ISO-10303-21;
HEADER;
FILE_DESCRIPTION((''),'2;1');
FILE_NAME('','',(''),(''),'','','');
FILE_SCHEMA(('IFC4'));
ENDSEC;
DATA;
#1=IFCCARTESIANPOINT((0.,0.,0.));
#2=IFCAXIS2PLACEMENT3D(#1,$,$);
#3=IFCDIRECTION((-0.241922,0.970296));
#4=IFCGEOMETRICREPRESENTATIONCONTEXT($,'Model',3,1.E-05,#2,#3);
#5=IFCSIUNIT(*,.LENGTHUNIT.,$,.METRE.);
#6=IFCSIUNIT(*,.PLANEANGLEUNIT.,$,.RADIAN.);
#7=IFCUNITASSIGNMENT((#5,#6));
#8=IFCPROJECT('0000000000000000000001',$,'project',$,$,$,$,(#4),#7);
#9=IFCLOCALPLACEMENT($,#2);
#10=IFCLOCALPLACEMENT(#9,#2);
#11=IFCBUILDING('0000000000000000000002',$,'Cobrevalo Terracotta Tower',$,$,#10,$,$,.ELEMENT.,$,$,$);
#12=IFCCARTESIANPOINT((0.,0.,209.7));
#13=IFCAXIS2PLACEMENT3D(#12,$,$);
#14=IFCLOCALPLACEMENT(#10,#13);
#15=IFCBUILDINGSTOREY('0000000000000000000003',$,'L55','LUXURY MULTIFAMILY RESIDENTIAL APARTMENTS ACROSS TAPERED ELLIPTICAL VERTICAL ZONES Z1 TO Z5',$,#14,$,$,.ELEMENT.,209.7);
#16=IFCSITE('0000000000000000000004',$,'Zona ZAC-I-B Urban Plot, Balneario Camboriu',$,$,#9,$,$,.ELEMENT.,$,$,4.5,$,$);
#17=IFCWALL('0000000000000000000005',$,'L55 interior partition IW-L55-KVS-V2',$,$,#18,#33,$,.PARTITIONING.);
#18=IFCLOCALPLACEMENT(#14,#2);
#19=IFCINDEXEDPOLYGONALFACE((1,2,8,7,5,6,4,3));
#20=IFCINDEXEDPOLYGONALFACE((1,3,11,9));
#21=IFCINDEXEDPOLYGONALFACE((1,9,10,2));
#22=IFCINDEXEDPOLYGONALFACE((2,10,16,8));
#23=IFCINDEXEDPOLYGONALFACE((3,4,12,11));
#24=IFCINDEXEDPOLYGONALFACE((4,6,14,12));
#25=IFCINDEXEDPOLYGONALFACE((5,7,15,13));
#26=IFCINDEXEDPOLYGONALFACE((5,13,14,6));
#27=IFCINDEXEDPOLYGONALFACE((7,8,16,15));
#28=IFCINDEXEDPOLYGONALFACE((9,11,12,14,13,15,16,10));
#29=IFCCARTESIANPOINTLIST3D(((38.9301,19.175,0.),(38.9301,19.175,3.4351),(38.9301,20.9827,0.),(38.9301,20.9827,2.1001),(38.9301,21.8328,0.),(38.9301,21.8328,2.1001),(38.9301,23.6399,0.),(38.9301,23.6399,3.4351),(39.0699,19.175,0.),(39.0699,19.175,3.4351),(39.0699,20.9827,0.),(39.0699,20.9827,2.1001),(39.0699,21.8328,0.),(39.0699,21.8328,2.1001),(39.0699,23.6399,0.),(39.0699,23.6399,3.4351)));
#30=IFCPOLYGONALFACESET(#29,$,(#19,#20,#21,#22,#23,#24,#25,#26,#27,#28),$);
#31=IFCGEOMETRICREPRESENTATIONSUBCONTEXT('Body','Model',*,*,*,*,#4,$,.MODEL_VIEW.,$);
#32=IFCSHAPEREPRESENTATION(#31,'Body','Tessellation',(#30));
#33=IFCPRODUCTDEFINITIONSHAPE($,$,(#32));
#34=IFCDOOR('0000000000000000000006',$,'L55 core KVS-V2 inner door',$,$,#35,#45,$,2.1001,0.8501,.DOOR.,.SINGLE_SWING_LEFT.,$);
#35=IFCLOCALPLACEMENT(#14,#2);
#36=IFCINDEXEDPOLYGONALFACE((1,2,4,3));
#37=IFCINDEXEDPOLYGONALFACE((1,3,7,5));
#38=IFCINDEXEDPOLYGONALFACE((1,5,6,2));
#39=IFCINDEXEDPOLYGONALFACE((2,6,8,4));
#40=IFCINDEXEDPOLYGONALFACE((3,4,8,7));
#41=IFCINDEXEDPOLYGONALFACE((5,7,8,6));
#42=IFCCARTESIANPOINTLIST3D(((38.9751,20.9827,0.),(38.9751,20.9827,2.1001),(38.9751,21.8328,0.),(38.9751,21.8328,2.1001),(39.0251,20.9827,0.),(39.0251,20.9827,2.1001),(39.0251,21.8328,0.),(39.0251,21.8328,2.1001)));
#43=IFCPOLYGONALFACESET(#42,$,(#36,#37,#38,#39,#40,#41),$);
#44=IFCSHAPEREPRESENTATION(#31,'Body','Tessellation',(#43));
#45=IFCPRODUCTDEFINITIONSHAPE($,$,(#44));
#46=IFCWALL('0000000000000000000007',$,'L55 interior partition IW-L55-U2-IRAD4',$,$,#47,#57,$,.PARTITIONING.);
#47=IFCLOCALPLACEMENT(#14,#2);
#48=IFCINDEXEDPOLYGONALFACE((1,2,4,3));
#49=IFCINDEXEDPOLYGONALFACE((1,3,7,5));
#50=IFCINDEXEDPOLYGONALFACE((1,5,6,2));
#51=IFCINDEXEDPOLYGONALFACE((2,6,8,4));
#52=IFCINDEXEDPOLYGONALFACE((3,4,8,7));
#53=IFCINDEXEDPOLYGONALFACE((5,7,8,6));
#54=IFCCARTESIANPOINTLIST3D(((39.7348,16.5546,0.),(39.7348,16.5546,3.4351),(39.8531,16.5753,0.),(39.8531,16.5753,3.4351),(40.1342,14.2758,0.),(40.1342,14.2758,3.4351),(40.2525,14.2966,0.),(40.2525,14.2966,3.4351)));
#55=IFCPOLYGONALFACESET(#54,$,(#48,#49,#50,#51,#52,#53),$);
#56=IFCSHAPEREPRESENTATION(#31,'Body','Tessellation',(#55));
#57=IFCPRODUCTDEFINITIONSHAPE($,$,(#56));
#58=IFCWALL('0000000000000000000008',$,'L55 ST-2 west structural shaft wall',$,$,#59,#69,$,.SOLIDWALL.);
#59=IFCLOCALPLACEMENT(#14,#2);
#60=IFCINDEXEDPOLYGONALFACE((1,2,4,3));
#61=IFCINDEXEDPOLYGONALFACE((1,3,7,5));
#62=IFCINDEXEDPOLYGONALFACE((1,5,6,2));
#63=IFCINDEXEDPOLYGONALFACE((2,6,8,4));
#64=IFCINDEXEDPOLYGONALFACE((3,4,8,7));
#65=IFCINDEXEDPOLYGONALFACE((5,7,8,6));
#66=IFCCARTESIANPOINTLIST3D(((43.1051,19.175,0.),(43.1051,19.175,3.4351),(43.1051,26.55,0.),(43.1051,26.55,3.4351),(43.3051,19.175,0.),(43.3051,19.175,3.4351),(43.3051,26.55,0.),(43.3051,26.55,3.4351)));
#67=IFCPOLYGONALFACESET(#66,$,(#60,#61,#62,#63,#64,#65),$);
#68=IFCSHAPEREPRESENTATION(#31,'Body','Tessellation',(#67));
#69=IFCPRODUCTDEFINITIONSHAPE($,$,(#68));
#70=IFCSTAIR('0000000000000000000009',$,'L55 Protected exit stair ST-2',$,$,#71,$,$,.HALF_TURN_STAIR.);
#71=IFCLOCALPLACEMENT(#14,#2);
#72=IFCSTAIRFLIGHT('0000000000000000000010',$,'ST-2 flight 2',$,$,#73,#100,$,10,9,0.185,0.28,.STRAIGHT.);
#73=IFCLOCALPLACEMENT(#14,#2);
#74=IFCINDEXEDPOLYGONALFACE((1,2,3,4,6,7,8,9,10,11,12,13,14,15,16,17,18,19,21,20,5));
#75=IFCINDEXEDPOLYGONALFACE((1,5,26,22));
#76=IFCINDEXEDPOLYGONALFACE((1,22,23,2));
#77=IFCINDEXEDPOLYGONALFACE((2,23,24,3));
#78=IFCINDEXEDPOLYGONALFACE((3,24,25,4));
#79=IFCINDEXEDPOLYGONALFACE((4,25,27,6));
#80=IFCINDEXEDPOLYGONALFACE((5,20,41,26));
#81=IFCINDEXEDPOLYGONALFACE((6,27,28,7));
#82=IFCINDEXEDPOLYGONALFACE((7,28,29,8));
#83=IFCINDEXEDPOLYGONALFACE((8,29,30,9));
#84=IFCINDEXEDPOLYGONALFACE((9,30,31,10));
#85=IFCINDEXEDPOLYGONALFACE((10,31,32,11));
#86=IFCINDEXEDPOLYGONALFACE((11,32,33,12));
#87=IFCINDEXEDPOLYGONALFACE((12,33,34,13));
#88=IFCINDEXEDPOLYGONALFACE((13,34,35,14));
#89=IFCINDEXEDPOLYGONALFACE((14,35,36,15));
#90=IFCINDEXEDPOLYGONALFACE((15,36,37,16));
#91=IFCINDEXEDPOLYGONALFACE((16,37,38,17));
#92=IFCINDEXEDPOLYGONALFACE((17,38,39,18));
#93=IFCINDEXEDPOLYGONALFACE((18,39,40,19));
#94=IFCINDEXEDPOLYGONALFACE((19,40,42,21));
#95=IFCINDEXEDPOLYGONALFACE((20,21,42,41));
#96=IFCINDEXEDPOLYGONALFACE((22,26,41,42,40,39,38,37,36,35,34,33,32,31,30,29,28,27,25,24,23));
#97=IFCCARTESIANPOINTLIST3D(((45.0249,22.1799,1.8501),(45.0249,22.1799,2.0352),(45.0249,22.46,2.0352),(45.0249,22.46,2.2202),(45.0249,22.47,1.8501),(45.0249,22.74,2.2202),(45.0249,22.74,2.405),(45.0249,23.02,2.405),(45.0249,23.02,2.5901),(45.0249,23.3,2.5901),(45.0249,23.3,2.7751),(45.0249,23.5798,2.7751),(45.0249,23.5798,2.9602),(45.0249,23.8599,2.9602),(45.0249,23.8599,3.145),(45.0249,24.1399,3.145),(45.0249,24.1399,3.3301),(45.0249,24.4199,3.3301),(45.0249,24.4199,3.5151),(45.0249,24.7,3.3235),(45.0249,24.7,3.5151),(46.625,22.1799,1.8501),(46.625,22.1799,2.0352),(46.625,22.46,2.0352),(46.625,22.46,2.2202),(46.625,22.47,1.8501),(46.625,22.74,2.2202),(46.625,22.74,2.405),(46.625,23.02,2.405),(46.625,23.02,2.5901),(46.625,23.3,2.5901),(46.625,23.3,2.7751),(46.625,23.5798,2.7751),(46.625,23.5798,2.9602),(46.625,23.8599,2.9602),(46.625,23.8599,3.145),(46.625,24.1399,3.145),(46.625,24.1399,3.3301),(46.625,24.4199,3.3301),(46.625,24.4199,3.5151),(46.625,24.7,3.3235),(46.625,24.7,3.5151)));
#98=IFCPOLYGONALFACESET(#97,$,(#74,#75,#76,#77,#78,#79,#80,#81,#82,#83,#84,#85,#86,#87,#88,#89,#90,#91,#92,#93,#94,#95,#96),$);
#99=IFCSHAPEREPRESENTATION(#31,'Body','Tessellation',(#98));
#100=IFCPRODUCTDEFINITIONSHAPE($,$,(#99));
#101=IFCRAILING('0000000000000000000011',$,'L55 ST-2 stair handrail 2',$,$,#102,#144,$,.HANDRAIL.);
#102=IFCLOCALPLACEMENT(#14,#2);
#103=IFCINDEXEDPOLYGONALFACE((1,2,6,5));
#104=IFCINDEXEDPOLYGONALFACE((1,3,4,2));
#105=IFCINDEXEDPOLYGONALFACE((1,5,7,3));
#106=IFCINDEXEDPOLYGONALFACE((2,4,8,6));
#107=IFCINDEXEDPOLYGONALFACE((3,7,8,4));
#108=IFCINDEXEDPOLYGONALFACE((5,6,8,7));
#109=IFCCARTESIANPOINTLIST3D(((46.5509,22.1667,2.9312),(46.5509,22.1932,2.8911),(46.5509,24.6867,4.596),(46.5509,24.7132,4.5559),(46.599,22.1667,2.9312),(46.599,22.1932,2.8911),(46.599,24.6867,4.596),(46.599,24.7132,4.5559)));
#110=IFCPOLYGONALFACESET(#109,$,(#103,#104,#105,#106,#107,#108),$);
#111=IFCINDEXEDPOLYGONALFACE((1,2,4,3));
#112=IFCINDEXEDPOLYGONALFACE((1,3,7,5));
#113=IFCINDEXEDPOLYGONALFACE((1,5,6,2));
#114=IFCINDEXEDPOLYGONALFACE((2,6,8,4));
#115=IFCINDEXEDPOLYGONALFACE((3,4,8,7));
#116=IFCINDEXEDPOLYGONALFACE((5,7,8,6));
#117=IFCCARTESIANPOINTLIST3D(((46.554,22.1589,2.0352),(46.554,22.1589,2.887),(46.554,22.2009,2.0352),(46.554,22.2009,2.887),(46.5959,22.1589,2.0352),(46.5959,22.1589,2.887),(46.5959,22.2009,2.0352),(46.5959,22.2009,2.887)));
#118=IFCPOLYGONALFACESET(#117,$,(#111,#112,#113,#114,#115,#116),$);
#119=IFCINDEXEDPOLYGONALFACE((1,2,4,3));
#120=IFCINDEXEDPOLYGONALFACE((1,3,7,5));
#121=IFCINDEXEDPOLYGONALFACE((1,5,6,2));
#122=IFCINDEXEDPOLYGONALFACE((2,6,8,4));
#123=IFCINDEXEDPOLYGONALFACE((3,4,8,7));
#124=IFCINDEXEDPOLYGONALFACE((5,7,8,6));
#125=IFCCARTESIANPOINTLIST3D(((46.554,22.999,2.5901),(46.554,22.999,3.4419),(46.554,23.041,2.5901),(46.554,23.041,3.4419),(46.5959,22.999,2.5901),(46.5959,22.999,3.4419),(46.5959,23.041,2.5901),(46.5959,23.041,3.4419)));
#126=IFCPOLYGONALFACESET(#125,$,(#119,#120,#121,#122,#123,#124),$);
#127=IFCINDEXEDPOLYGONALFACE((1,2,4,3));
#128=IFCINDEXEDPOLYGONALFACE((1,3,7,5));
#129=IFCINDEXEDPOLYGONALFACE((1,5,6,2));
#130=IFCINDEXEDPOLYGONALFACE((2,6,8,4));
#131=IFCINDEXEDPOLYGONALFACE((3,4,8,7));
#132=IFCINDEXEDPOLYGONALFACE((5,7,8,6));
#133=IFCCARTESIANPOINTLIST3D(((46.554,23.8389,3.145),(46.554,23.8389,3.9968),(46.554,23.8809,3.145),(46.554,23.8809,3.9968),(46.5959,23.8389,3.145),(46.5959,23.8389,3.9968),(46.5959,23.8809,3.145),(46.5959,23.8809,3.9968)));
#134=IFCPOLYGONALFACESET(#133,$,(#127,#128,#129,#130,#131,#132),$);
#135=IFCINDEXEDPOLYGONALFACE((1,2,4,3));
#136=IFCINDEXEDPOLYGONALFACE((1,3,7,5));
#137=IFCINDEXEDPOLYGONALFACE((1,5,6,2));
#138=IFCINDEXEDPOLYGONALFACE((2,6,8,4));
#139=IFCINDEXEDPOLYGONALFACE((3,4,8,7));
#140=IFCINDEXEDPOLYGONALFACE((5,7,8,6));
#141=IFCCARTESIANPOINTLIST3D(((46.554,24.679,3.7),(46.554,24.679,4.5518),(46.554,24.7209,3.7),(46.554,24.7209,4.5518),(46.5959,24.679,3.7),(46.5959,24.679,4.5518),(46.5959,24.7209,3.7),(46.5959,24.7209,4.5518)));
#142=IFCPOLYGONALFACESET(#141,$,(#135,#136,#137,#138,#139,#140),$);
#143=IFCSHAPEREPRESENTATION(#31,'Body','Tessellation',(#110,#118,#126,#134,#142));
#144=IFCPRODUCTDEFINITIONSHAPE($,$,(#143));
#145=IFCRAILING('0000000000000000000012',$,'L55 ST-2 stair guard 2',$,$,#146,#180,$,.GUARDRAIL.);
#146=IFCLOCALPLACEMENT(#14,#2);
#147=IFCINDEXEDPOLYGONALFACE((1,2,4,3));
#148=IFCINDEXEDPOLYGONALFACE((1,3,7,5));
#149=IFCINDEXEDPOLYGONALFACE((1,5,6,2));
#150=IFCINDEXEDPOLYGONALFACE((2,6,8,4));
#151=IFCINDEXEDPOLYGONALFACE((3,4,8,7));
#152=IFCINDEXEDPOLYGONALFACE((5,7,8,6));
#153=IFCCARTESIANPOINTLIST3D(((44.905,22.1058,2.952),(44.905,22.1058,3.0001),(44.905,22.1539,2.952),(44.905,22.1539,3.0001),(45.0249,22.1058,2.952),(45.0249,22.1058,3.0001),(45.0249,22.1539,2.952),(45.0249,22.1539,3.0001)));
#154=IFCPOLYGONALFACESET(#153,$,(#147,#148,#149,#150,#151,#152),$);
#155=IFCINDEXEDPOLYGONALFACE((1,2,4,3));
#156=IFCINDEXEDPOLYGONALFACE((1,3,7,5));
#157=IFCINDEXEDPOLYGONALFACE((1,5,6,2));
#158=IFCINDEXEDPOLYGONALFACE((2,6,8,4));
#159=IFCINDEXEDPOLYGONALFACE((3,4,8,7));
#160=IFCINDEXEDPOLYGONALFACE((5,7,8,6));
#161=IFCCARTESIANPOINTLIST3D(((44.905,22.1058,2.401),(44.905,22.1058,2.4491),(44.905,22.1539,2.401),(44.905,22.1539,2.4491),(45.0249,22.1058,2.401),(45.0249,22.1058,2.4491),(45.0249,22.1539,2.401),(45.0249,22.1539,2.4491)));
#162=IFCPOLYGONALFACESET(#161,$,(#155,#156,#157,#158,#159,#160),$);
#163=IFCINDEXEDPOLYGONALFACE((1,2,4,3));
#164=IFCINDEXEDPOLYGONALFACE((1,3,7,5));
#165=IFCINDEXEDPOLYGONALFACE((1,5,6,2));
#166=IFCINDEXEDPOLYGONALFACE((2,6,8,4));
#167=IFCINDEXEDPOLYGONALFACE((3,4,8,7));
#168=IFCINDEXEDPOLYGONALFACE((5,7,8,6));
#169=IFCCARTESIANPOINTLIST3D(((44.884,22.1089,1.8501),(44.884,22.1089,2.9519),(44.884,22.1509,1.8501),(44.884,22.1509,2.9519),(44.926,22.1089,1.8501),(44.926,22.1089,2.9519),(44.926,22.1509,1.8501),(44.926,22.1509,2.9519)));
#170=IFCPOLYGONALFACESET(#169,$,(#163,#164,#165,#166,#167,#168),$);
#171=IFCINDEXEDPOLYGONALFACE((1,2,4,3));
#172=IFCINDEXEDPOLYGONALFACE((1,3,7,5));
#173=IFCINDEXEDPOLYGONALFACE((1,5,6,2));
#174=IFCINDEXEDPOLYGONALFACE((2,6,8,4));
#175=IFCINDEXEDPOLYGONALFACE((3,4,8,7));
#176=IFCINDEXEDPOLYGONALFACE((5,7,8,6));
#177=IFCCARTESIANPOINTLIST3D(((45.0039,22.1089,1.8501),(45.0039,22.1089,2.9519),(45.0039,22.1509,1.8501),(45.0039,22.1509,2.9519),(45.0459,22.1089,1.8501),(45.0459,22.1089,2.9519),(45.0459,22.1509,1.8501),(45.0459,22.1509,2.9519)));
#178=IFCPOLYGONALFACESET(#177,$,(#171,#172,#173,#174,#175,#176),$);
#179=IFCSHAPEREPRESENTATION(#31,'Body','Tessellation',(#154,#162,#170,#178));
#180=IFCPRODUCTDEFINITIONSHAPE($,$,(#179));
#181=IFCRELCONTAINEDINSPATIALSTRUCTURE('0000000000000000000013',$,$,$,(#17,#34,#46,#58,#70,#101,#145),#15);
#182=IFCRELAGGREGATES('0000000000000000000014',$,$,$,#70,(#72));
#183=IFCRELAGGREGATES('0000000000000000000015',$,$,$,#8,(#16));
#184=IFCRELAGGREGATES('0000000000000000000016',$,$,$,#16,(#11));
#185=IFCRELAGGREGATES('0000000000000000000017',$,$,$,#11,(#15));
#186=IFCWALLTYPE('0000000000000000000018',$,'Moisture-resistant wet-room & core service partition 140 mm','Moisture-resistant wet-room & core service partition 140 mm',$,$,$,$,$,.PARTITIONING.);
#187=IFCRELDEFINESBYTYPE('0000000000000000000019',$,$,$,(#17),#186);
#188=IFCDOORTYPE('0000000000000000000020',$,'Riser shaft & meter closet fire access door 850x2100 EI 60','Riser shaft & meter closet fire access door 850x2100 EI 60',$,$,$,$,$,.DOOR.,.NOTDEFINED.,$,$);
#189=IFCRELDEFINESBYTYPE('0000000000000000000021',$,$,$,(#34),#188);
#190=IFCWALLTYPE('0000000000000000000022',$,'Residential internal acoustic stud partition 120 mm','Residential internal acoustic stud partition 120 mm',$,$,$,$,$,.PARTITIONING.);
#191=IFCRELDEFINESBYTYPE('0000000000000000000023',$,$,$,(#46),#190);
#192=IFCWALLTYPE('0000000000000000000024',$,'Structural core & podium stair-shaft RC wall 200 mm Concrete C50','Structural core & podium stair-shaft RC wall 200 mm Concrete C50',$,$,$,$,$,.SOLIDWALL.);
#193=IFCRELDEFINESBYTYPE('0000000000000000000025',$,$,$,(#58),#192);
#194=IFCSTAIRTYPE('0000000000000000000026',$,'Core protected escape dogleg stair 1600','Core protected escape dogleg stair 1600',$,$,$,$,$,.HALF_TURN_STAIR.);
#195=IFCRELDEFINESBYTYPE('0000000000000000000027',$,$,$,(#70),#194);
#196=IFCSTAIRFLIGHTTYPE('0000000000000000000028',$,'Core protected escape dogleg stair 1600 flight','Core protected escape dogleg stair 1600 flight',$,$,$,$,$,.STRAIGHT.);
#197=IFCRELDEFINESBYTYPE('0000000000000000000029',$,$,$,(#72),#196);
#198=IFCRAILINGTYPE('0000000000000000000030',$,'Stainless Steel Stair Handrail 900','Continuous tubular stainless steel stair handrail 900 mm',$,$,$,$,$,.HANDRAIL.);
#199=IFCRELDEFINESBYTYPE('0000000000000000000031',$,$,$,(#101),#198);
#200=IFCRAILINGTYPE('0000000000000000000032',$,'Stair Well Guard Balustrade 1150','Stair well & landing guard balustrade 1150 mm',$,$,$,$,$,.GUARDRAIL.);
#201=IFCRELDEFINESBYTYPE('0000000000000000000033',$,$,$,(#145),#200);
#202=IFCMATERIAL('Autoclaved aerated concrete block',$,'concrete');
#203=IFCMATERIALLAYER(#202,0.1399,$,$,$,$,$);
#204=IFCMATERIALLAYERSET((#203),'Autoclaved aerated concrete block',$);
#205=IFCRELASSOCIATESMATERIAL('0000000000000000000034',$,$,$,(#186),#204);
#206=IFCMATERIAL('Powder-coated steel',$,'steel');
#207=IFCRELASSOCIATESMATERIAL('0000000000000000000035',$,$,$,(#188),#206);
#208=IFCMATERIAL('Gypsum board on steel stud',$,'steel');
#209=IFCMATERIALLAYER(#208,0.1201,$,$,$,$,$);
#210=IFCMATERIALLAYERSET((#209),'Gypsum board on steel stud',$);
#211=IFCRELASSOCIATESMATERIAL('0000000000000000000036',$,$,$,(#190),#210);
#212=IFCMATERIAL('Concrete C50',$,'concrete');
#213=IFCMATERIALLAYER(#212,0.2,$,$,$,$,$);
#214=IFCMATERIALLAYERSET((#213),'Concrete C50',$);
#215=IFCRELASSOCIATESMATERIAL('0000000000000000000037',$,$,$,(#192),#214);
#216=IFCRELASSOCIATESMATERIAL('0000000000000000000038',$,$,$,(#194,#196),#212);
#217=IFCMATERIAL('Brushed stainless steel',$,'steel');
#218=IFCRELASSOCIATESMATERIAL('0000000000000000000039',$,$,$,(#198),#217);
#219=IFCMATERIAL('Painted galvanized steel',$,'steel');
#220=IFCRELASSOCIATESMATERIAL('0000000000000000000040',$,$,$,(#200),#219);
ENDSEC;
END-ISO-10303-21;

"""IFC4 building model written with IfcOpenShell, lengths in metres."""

from ifc_helpers import new_model, si_unit, direction, frame, frame_2d, origin, origin_2d, place, context, subcontext, project, spatial, polyline, rectangle, outline, extrude, source, transform, mapped, material, layer, layer_set, type_object, element, fill, aggregate, save


model = new_model("IFC4")

# Units and contexts
model_context = context("Model", 3, precision=1e-05, world=origin(), true_north=direction((-0.241922, 0.970296)))
body_context = subcontext(model_context, "Body", "Model", "MODEL_VIEW")
ifc_project = project(units=[si_unit("LENGTHUNIT", "METRE"), si_unit("PLANEANGLEUNIT", "RADIAN")], contexts=[model_context])

# Site, building, storey
site_placement = place(None, origin())
site = spatial("IfcSite", under=ifc_project, at=site_placement, Name="Zona ZAC-I-B Urban Plot, Balneario Camboriu", CompositionType="ELEMENT", RefElevation=4.5)
building_placement = place(site_placement, origin())
building = spatial("IfcBuilding", under=site, at=building_placement, Name="Cobrevalo Terracotta Tower", CompositionType="ELEMENT")
storey_placement = place(building_placement, frame((0.0, 0.0, 209.7)))
storey = spatial("IfcBuildingStorey", under=building, at=storey_placement, Name="L55", Description="LUXURY MULTIFAMILY RESIDENTIAL APARTMENTS ACROSS TAPERED ELLIPTICAL VERTICAL ZONES Z1 TO Z5", CompositionType="ELEMENT", Elevation=209.7)

# Shared definitions
ifc_material_1 = material(Name="Gypsum board on steel stud", Category="steel")

# Wall, opening, door
ifc_material_2 = material(Name="Concrete C50", Category="concrete")
ifc_material_3 = material(Name="Autoclaved aerated concrete block", Category="concrete")
ifc_layer_1 = layer(ifc_material_3, 0.1399)
ifc_layer_set_1 = layer_set([ifc_layer_1], Name="Autoclaved aerated concrete block")
wall_type_1 = type_object("IfcWallType", Name="Moisture-resistant wet-room & core service partition 140 mm", Description="Moisture-resistant wet-room & core service partition 140 mm", PredefinedType="PARTITIONING", material=ifc_layer_set_1)
ifc_material_4 = material(Name="Powder-coated steel", Category="steel")
door_type_1 = type_object("IfcDoorType", Name="Riser shaft & meter closet fire access door 850x2100 EI 60", Description="Riser shaft & meter closet fire access door 850x2100 EI 60", OperationType="NOTDEFINED", PredefinedType="DOOR", material=ifc_material_4)
shared_shape_1 = source(origin(), body_context, "Body", "SweptSolid", [
    extrude(rectangle(XDim=0.8501, YDim=2.1001, at=frame_2d((0.425, 1.05))), frame((0.0, 0.0249, 0.0), z_axis=(0.0, -1.0, 0.0), x_axis=(1.0, 0.0, 0.0)), (0.0, 0.0, 1.0), 0.05),
])
wall_1_placement = place(storey_placement, frame((39.0, 19.175, 0.0), z_axis=(0.0, 0.0, 1.0), x_axis=(0.0, 1.0, 0.0)))
wall_1 = element("IfcWall", 1, at=wall_1_placement, inside=storey, type_object=wall_type_1, Name="L55 interior partition IW-L55-KVS-V2", PredefinedType="PARTITIONING", context=body_context, shape_type="SweptSolid", body=[
    extrude(rectangle(XDim=4.4648, YDim=0.1399, at=frame_2d((2.2324, 0.0))), origin(), (0.0, 0.0, 1.0), 3.4351),
])
opening_1_placement = place(wall_1_placement, frame((1.8076, 0.0, 0.0)))
opening_1 = element("IfcOpeningElement", 2, at=opening_1_placement, cuts=wall_1, PredefinedType="OPENING", context=body_context, shape_type="SweptSolid", body=[
    extrude(rectangle(XDim=0.8501, YDim=2.1001, at=frame_2d((0.425, 1.05))), frame((0.0, 0.0801, 0.0), z_axis=(0.0, -1.0, 0.0), x_axis=(1.0, 0.0, 0.0)), (0.0, 0.0, 1.0), 0.1599),
])
door_1_placement = place(opening_1_placement, origin())
door_1 = element("IfcDoor", 3, at=door_1_placement, inside=storey, type_object=door_type_1, Name="L55 core KVS-V2 inner door", OperationType="SINGLE_SWING_LEFT", OverallHeight=2.1001, OverallWidth=0.8501, PredefinedType="DOOR", context=body_context, shape_type="MappedRepresentation", body=[
    mapped(shared_shape_1, transform((0.0, 0.0, 0.0), scale=1.0)),
])
fill(opening_1, door_1)

# Wall
ifc_layer_2 = layer(ifc_material_1, 0.1201)
ifc_layer_set_2 = layer_set([ifc_layer_2], Name="Gypsum board on steel stud")
wall_type_2 = type_object("IfcWallType", Name="Residential internal acoustic stud partition 120 mm", Description="Residential internal acoustic stud partition 120 mm", PredefinedType="PARTITIONING", material=ifc_layer_set_2)
wall_2_placement = place(storey_placement, frame((39.7939, 16.5649, 0.0), z_axis=(0.0, 0.0, 1.0), x_axis=(0.172641, -0.984985, 0.0)))
element("IfcWall", 4, at=wall_2_placement, inside=storey, type_object=wall_type_2, Name="L55 interior partition IW-L55-U2-IRAD4", PredefinedType="PARTITIONING", context=body_context, shape_type="SweptSolid", body=[
    extrude(rectangle(XDim=2.3135, YDim=0.1201, at=frame_2d((1.1567, 0.0))), origin(), (0.0, 0.0, 1.0), 3.4351),
])

# Wall
ifc_layer_3 = layer(ifc_material_2, 0.2)
ifc_layer_set_3 = layer_set([ifc_layer_3], Name="Concrete C50")
wall_type_3 = type_object("IfcWallType", Name="Structural core & podium stair-shaft RC wall 200 mm Concrete C50", Description="Structural core & podium stair-shaft RC wall 200 mm Concrete C50", PredefinedType="SOLIDWALL", material=ifc_layer_set_3)
wall_3_placement = place(storey_placement, frame((43.2051, 19.175, 0.0), z_axis=(0.0, 0.0, 1.0), x_axis=(0.0, 1.0, 0.0)))
element("IfcWall", 5, at=wall_3_placement, inside=storey, type_object=wall_type_3, Name="L55 ST-2 west structural shaft wall", PredefinedType="SOLIDWALL", context=body_context, shape_type="SweptSolid", body=[
    extrude(rectangle(XDim=7.375, YDim=0.2, at=frame_2d((3.6875, 0.0))), origin(), (0.0, 0.0, 1.0), 3.4351),
])

# Stair, stair flight
stair_type = type_object("IfcStairType", Name="Core protected escape dogleg stair 1600", Description="Core protected escape dogleg stair 1600", PredefinedType="HALF_TURN_STAIR", material=ifc_material_2)
stair_placement = place(storey_placement, origin())
stair = element("IfcStair", 6, at=stair_placement, inside=storey, type_object=stair_type, Name="L55 Protected exit stair ST-2", PredefinedType="HALF_TURN_STAIR")
stair_flight_type = type_object("IfcStairFlightType", Name="Core protected escape dogleg stair 1600 flight", Description="Core protected escape dogleg stair 1600 flight", PredefinedType="STRAIGHT", material=ifc_material_2)
stair_flight_placement = place(storey_placement, frame((45.825, 22.1799, 1.8501), z_axis=(0.0, 0.0, 1.0), x_axis=(0.0, 1.0, 0.0)))
stair_flight = element("IfcStairFlight", 7, at=stair_flight_placement, type_object=stair_flight_type, Name="ST-2 flight 2", NumberOfRisers=10, NumberOfTreads=9, PredefinedType="STRAIGHT", RiserHeight=0.185, TreadLength=0.28, context=body_context, shape_type="SweptSolid", body=[
    extrude(outline(polyline([(0.0, 0.0), (0.0, 0.1851), (0.28, 0.1851), (0.28, 0.3701), (0.5601, 0.3701), (0.5601, 0.5549), (0.8401, 0.5549), (0.8401, 0.74), (1.1201, 0.74), (1.1201, 0.925), (1.3999, 0.925), (1.3999, 1.1101), (1.6799, 1.1101), (1.6799, 1.2949), (1.96, 1.2949), (1.96, 1.48), (2.24, 1.48), (2.24, 1.665), (2.52, 1.665), (2.52, 1.8501), (2.52, 1.4734), (0.29, 0.0), (0.0, 0.0)])), frame((0.0, 0.8, 0.0), z_axis=(0.0, -1.0, 0.0), x_axis=(1.0, 0.0, 0.0)), (0.0, 0.0, 1.0), 1.6001),
])
aggregate(stair, [stair_flight])

# Railings
ifc_material_5 = material(Name="Brushed stainless steel", Category="steel")
railing_type_1 = type_object("IfcRailingType", Name="Stainless Steel Stair Handrail 900", Description="Continuous tubular stainless steel stair handrail 900 mm", PredefinedType="HANDRAIL", material=ifc_material_5)
railing_1_placement = place(storey_placement, frame((46.575, 22.1799, 2.0352)))
element("IfcRailing", 8, at=railing_1_placement, inside=storey, type_object=railing_type_1, Name="L55 ST-2 stair handrail 2", PredefinedType="HANDRAIL", context=body_context, shape_type="SweptSolid", body=[
    extrude(rectangle(XDim=0.0481, YDim=0.0481, at=origin_2d()), frame((0.0, 0.0, 0.876), z_axis=(0.0, 0.834369, 0.551207), x_axis=(-1.0, 0.0, 0.0)), (0.0, 0.0, 1.0), 3.0203),
    extrude(rectangle(XDim=0.042, YDim=0.042, at=origin_2d()), origin(), (0.0, 0.0, 1.0), 0.8518),
    extrude(rectangle(XDim=0.042, YDim=0.042, at=origin_2d()), frame((0.0, 0.8401, 0.5549)), (0.0, 0.0, 1.0), 0.8518),
    extrude(rectangle(XDim=0.042, YDim=0.042, at=origin_2d()), frame((0.0, 1.6799, 1.1099)), (0.0, 0.0, 1.0), 0.8518),
    extrude(rectangle(XDim=0.042, YDim=0.042, at=origin_2d()), frame((0.0, 2.52, 1.6648)), (0.0, 0.0, 1.0), 0.8518),
])
ifc_material_6 = material(Name="Painted galvanized steel", Category="steel")
railing_type_2 = type_object("IfcRailingType", Name="Stair Well Guard Balustrade 1150", Description="Stair well & landing guard balustrade 1150 mm", PredefinedType="GUARDRAIL", material=ifc_material_6)
railing_2_placement = place(storey_placement, frame((44.905, 22.1299, 1.8501)))
element("IfcRailing", 9, at=railing_2_placement, inside=storey, type_object=railing_type_2, Name="L55 ST-2 stair guard 2", PredefinedType="GUARDRAIL", context=body_context, shape_type="SweptSolid", body=[
    extrude(rectangle(XDim=0.0481, YDim=0.0481, at=origin_2d()), frame((0.0, 0.0, 1.126), z_axis=(1.0, 0.0, 0.0), x_axis=(0.0, 1.0, 0.0)), (0.0, 0.0, 1.0), 0.1199),
    extrude(rectangle(XDim=0.0481, YDim=0.0481, at=origin_2d()), frame((0.0, 0.0, 0.575), z_axis=(1.0, 0.0, 0.0), x_axis=(0.0, 1.0, 0.0)), (0.0, 0.0, 1.0), 0.1199),
    extrude(rectangle(XDim=0.042, YDim=0.042, at=origin_2d()), origin(), (0.0, 0.0, 1.0), 1.1018),
    extrude(rectangle(XDim=0.042, YDim=0.042, at=origin_2d()), frame((0.1199, 0.0, 0.0)), (0.0, 0.0, 1.0), 1.1018),
])

save(model, "model.ifc")
